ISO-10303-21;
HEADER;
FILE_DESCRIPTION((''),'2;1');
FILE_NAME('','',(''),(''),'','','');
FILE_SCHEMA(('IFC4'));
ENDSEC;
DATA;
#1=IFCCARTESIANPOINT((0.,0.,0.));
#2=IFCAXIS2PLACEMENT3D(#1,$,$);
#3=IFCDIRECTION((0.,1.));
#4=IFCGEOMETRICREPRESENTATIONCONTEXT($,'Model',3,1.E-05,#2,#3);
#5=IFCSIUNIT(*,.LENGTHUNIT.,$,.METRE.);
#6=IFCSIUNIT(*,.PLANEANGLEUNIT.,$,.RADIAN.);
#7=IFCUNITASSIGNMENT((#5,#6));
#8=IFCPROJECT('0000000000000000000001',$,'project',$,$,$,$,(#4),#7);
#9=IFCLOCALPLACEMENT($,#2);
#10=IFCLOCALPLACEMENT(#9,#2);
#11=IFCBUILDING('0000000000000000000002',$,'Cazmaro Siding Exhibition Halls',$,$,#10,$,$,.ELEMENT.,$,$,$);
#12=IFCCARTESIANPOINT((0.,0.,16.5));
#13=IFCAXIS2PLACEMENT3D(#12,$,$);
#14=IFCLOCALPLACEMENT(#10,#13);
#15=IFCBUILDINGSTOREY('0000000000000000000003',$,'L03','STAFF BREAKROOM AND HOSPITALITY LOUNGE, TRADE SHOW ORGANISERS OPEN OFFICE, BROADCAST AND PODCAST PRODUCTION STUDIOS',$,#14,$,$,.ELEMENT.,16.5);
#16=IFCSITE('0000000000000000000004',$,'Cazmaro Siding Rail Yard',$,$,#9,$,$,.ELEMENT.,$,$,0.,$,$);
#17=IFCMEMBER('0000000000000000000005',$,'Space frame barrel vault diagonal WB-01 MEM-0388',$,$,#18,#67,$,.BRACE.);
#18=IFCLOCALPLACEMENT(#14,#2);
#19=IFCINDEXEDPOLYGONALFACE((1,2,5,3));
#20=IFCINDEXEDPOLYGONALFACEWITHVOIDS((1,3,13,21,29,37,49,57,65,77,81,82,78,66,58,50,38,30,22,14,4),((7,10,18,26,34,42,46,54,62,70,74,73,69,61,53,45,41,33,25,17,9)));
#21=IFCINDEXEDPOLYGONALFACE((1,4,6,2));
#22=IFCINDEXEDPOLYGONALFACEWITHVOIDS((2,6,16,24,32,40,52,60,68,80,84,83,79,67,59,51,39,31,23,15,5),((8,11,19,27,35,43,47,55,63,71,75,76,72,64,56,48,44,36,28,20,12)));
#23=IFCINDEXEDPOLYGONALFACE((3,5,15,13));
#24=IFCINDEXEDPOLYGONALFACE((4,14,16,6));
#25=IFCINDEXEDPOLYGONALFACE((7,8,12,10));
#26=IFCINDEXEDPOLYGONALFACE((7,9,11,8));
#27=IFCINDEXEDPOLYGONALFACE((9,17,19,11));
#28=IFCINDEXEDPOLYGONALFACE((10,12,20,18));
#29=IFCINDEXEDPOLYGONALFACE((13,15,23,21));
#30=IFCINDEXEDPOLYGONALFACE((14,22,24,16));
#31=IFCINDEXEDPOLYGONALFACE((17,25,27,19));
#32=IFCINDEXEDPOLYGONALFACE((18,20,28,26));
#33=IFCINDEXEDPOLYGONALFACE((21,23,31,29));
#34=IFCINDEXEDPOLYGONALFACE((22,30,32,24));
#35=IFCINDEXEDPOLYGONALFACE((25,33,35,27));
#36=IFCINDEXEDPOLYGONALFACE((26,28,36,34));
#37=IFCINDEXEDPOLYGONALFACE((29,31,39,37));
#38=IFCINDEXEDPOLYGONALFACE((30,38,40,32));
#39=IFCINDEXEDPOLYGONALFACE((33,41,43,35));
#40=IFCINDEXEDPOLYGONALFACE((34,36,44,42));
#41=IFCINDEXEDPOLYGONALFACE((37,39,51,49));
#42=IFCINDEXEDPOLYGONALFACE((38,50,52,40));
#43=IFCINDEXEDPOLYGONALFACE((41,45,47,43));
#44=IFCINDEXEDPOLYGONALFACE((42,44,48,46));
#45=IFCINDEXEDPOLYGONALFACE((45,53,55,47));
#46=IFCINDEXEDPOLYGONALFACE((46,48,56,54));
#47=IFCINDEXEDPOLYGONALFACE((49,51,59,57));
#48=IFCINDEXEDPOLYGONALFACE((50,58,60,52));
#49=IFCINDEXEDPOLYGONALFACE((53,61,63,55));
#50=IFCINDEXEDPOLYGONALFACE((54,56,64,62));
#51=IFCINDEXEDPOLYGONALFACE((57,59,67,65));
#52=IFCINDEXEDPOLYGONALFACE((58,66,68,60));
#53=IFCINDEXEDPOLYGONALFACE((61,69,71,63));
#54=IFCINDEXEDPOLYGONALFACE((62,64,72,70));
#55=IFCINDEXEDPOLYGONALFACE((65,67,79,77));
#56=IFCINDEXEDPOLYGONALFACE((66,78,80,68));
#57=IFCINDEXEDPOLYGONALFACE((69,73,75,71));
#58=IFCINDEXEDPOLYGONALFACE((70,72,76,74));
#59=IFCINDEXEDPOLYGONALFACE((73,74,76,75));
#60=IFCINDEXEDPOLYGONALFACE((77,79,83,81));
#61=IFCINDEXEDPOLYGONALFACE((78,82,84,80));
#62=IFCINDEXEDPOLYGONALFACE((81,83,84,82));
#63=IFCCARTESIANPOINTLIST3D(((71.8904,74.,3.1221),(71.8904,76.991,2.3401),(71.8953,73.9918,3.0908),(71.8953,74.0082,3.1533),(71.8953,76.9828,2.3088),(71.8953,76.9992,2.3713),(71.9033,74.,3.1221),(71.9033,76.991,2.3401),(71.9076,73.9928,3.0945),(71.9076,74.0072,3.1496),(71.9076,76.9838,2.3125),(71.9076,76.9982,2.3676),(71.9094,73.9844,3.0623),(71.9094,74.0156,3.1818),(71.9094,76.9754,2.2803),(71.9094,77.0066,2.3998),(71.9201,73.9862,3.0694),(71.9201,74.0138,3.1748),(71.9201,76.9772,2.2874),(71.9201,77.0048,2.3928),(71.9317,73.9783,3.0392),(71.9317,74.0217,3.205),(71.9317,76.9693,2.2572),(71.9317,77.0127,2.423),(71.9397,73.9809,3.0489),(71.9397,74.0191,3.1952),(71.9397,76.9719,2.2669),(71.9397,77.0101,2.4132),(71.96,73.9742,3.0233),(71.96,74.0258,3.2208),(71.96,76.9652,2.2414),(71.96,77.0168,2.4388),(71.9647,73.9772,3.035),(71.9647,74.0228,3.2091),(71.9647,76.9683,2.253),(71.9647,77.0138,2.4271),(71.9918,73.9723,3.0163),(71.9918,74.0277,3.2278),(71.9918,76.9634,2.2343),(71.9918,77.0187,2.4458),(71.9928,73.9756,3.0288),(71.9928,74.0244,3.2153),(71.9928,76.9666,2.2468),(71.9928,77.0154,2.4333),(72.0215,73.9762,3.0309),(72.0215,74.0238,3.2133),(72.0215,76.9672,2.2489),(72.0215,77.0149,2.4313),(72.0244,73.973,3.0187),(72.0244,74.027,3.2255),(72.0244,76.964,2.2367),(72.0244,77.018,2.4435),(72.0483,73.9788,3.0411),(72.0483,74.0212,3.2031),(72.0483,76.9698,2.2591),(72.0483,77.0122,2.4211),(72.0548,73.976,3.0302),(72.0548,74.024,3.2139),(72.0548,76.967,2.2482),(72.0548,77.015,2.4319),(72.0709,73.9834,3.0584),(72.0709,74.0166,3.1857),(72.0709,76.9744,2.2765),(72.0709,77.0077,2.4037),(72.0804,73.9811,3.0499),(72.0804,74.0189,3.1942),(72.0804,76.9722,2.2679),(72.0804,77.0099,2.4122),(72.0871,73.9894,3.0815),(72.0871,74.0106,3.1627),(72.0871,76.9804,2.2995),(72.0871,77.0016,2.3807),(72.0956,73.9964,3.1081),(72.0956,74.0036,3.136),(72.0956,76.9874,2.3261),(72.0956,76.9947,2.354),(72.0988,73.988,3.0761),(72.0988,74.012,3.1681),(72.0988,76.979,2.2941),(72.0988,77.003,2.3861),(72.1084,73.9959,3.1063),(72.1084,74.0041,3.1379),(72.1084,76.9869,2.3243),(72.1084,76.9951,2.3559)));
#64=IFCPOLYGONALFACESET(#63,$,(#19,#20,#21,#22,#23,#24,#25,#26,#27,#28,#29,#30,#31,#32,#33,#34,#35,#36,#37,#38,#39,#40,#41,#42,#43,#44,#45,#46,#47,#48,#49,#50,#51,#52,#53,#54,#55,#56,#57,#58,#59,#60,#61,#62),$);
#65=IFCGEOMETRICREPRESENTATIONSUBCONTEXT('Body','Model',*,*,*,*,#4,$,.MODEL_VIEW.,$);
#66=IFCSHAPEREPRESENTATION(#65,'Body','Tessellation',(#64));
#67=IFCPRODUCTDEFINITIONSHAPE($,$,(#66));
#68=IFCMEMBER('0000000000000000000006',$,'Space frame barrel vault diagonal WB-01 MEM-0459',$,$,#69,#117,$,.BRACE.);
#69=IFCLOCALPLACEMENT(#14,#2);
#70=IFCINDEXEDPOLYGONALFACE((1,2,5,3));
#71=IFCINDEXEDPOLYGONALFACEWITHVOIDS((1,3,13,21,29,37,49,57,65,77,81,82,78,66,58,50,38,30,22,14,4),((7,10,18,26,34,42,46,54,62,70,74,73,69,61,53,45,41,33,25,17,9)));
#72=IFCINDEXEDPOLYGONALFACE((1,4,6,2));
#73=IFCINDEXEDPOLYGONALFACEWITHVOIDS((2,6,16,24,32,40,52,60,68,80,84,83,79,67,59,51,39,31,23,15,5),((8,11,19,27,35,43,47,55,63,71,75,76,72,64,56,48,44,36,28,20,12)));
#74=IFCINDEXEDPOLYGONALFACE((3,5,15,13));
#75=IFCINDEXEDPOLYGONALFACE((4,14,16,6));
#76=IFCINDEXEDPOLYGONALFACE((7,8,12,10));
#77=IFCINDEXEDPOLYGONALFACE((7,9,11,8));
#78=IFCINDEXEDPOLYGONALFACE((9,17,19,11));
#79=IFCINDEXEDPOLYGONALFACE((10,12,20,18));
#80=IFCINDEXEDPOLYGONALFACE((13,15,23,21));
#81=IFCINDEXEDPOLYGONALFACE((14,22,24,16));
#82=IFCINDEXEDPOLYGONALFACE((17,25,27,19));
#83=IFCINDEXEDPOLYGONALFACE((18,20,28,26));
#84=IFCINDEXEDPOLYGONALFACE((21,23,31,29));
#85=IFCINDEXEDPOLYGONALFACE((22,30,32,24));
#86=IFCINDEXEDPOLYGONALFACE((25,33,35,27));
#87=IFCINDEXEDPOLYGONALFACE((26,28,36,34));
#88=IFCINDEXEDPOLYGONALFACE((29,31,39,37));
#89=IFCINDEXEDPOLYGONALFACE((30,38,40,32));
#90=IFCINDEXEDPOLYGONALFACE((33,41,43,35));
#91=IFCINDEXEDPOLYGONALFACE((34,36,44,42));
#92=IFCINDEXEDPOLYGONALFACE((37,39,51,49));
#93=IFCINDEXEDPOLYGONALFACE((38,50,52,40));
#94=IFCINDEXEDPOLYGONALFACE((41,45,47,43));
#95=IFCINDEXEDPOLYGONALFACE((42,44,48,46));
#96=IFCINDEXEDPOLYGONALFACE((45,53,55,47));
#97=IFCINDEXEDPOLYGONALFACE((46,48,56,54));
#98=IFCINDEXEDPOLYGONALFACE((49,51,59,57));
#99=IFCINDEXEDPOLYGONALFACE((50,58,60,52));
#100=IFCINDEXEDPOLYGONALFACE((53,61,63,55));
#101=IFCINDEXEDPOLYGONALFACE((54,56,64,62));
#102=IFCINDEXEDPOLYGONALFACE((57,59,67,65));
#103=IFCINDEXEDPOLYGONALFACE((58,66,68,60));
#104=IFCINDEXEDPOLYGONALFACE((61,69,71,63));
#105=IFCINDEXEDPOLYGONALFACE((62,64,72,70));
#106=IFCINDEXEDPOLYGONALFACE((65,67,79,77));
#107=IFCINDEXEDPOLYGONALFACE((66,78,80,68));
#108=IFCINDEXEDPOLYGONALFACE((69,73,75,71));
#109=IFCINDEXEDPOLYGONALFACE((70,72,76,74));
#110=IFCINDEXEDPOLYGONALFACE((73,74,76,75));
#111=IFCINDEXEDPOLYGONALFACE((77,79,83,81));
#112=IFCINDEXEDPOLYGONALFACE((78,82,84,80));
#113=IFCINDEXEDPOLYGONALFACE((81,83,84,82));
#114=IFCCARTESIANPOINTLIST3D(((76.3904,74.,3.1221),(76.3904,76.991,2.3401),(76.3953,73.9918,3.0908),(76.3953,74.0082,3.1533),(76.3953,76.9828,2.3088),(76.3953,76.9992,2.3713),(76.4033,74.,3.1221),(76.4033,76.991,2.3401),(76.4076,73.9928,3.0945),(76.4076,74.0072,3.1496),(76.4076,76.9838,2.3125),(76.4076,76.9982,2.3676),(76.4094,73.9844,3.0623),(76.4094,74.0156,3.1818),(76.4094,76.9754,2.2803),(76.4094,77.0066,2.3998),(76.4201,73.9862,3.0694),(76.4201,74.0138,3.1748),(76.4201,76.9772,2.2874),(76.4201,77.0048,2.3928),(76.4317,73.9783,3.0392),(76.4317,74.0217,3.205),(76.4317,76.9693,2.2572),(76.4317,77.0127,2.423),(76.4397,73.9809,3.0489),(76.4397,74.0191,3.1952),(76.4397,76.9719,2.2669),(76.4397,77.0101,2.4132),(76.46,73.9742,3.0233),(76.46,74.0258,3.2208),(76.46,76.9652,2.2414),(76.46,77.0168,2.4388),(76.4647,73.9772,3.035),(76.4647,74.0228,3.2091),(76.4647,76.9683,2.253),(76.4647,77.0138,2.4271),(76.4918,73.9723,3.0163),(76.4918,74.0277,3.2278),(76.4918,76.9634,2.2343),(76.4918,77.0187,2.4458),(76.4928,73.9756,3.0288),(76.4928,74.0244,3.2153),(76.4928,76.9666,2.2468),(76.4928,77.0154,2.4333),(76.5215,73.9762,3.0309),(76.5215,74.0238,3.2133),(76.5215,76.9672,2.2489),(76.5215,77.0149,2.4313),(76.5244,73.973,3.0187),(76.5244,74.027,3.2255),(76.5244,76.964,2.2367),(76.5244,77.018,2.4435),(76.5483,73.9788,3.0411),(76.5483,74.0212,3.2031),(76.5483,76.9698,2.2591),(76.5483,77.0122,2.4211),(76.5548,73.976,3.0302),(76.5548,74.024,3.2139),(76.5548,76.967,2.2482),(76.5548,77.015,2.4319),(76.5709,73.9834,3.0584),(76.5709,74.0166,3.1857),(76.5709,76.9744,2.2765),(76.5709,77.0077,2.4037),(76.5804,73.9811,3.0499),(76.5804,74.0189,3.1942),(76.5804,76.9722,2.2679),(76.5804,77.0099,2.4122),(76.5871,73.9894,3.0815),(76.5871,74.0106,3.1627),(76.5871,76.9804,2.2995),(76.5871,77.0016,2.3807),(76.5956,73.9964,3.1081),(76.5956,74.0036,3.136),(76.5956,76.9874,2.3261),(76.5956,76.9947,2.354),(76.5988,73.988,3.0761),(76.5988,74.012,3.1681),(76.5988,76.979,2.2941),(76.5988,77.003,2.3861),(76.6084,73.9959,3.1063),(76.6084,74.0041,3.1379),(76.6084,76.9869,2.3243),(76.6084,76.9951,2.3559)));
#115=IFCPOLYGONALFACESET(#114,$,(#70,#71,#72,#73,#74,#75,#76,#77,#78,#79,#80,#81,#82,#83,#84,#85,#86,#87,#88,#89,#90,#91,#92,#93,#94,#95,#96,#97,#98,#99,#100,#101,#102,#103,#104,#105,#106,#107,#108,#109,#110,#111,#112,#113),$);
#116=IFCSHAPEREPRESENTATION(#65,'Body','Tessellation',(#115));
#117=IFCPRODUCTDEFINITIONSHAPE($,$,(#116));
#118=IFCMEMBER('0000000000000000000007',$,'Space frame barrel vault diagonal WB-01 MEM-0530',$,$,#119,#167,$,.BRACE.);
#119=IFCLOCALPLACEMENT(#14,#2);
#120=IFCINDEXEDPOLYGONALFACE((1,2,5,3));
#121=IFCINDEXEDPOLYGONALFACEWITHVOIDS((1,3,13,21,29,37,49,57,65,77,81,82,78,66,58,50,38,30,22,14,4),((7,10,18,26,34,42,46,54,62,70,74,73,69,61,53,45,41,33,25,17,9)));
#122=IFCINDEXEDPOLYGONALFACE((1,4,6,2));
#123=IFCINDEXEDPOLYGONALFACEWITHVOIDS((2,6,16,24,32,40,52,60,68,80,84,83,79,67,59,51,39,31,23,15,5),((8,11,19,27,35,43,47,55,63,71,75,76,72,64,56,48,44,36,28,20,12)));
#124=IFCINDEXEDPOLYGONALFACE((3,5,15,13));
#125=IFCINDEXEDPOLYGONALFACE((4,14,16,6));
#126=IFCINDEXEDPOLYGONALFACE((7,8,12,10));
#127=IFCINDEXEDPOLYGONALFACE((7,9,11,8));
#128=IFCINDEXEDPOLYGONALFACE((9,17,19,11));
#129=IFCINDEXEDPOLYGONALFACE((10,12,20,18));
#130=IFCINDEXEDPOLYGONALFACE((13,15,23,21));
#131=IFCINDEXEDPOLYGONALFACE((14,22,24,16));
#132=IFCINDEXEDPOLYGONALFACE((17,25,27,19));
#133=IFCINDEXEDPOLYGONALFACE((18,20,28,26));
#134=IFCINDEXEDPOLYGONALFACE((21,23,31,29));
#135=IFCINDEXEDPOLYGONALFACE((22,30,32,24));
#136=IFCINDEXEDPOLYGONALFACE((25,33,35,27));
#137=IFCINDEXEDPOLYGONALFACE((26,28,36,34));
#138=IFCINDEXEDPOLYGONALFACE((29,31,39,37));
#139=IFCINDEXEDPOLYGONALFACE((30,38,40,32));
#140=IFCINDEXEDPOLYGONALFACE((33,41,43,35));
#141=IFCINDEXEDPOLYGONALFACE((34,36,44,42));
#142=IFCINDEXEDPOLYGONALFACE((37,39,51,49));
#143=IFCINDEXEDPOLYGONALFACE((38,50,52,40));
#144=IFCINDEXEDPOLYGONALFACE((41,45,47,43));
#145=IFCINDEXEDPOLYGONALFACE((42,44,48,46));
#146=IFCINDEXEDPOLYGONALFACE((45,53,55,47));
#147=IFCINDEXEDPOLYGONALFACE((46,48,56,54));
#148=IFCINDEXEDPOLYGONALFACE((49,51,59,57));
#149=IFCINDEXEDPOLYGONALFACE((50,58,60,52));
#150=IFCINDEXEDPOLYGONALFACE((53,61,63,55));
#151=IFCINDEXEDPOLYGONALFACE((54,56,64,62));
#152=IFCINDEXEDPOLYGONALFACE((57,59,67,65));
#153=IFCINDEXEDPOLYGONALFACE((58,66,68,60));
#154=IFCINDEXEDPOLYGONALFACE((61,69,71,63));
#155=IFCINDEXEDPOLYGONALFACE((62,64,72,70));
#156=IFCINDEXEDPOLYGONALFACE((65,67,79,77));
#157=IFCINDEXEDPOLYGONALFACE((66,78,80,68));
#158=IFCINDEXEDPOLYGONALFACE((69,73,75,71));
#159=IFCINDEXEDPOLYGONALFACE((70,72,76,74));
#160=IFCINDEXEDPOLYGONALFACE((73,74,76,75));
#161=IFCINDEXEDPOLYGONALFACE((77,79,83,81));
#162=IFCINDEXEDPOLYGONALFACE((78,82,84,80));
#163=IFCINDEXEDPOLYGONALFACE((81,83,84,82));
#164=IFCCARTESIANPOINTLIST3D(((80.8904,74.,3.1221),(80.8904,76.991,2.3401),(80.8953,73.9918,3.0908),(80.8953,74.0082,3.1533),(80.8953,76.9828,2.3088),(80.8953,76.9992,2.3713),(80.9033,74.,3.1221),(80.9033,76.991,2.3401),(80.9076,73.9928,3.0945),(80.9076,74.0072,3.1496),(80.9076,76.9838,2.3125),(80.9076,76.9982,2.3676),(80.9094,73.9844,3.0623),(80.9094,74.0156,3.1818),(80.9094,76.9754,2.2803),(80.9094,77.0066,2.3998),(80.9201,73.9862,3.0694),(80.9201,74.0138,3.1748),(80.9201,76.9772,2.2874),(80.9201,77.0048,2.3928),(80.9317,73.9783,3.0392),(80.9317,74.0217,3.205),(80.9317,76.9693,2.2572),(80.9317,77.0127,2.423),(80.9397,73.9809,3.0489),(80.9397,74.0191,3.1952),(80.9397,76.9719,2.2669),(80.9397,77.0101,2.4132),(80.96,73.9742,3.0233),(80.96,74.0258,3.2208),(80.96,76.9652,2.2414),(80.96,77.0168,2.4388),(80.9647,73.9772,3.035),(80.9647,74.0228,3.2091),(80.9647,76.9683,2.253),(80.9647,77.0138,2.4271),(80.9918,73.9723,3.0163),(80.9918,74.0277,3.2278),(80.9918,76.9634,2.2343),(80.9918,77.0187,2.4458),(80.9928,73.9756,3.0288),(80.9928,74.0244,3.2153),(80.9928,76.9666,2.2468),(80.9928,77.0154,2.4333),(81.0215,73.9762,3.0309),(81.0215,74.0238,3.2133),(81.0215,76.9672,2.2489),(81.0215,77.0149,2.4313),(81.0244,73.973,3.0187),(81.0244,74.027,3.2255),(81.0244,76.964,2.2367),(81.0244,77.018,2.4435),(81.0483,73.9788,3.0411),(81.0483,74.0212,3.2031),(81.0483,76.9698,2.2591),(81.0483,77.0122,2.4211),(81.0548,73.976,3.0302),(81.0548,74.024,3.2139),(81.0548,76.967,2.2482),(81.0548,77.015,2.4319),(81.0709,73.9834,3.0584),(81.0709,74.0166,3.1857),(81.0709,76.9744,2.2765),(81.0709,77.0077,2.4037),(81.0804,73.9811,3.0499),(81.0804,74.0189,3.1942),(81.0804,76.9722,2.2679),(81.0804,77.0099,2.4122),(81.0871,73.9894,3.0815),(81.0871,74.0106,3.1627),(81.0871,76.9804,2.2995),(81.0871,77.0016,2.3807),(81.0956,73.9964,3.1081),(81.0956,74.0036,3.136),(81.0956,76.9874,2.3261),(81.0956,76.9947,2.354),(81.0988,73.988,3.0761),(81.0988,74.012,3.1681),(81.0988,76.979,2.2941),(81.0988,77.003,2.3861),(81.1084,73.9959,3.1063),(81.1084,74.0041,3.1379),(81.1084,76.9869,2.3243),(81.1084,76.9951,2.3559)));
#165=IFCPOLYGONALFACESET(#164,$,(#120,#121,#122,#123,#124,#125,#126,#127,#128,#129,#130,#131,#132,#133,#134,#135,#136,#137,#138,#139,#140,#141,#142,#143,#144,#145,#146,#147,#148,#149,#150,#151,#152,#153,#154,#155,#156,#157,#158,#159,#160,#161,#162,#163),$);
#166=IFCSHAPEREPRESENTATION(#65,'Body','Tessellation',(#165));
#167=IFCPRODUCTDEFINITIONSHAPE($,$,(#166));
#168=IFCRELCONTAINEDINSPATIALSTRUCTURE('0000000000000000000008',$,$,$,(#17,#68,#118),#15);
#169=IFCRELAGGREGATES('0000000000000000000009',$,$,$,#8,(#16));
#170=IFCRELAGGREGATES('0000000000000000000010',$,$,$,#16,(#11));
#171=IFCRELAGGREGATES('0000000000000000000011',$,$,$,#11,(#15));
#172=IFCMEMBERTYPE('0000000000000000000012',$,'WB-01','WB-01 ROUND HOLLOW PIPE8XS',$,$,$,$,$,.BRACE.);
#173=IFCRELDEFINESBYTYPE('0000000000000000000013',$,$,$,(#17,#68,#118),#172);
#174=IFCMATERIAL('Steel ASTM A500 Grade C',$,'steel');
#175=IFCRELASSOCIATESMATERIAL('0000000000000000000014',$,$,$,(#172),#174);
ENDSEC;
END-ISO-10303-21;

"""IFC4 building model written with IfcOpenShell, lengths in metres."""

from ifc_helpers import new_model, si_unit, direction, frame, origin, origin_2d, place, context, subcontext, project, spatial, hollow_circle, extrude, material, material_profile, profile_set, type_object, element, save


model = new_model("IFC4")

# Units and contexts
model_context = context("Model", 3, precision=1e-05, world=origin(), true_north=direction((0.0, 1.0)))
body_context = subcontext(model_context, "Body", "Model", "MODEL_VIEW")
ifc_project = project(units=[si_unit("LENGTHUNIT", "METRE"), si_unit("PLANEANGLEUNIT", "RADIAN")], contexts=[model_context])

# Site, building, storey
site_placement = place(None, origin())
site = spatial("IfcSite", under=ifc_project, at=site_placement, Name="Cazmaro Siding Rail Yard", CompositionType="ELEMENT", RefElevation=0.0)
building_placement = place(site_placement, origin())
building = spatial("IfcBuilding", under=site, at=building_placement, Name="Cazmaro Siding Exhibition Halls", CompositionType="ELEMENT")
storey_placement = place(building_placement, frame((0.0, 0.0, 16.5)))
storey = spatial("IfcBuildingStorey", under=building, at=storey_placement, Name="L03", Description="STAFF BREAKROOM AND HOSPITALITY LOUNGE, TRADE SHOW ORGANISERS OPEN OFFICE, BROADCAST AND PODCAST PRODUCTION STUDIOS", CompositionType="ELEMENT", Elevation=16.5)

# Members
ifc_material_1 = material(Name="Steel ASTM A500 Grade C", Category="steel")
ifc_material_profile_1 = material_profile(ifc_material_1, hollow_circle(Radius=0.1096, WallThickness=0.0129, at=origin_2d()), Name="PIPE8XS")
ifc_profile_set_1 = profile_set([ifc_material_profile_1], Name="Steel ASTM A500 Grade C")
member_type_1 = type_object("IfcMemberType", Name="WB-01", Description="WB-01 ROUND HOLLOW PIPE8XS", PredefinedType="BRACE", material=ifc_profile_set_1)
for number, where, z_axis, x_axis, name in (
    (1, (72.0, 74.0, 3.1221), (0.0, 0.96748, -0.252946), (-1.0, 0.0, 0.0), "Space frame barrel vault diagonal WB-01 MEM-0388"),
    (2, (76.5, 74.0, 3.1221), (0.0, 0.96748, -0.252946), (-1.0, 0.0, 0.0), "Space frame barrel vault diagonal WB-01 MEM-0459"),
    (3, (81.0, 74.0, 3.1221), (0.0, 0.96748, -0.252946), (-1.0, 0.0, 0.0), "Space frame barrel vault diagonal WB-01 MEM-0530"),
):
    element("IfcMember", number, at=place(storey_placement, frame(where, z_axis=z_axis, x_axis=x_axis)), inside=storey, type_object=member_type_1, Name=name, PredefinedType="BRACE", context=body_context, shape_type="SweptSolid", body=[
        extrude(hollow_circle(Radius=0.1096, WallThickness=0.0129, at=origin_2d()), origin(), (0.0, 0.0, 1.0), 3.0916),
    ])

save(model, "model.ifc")
